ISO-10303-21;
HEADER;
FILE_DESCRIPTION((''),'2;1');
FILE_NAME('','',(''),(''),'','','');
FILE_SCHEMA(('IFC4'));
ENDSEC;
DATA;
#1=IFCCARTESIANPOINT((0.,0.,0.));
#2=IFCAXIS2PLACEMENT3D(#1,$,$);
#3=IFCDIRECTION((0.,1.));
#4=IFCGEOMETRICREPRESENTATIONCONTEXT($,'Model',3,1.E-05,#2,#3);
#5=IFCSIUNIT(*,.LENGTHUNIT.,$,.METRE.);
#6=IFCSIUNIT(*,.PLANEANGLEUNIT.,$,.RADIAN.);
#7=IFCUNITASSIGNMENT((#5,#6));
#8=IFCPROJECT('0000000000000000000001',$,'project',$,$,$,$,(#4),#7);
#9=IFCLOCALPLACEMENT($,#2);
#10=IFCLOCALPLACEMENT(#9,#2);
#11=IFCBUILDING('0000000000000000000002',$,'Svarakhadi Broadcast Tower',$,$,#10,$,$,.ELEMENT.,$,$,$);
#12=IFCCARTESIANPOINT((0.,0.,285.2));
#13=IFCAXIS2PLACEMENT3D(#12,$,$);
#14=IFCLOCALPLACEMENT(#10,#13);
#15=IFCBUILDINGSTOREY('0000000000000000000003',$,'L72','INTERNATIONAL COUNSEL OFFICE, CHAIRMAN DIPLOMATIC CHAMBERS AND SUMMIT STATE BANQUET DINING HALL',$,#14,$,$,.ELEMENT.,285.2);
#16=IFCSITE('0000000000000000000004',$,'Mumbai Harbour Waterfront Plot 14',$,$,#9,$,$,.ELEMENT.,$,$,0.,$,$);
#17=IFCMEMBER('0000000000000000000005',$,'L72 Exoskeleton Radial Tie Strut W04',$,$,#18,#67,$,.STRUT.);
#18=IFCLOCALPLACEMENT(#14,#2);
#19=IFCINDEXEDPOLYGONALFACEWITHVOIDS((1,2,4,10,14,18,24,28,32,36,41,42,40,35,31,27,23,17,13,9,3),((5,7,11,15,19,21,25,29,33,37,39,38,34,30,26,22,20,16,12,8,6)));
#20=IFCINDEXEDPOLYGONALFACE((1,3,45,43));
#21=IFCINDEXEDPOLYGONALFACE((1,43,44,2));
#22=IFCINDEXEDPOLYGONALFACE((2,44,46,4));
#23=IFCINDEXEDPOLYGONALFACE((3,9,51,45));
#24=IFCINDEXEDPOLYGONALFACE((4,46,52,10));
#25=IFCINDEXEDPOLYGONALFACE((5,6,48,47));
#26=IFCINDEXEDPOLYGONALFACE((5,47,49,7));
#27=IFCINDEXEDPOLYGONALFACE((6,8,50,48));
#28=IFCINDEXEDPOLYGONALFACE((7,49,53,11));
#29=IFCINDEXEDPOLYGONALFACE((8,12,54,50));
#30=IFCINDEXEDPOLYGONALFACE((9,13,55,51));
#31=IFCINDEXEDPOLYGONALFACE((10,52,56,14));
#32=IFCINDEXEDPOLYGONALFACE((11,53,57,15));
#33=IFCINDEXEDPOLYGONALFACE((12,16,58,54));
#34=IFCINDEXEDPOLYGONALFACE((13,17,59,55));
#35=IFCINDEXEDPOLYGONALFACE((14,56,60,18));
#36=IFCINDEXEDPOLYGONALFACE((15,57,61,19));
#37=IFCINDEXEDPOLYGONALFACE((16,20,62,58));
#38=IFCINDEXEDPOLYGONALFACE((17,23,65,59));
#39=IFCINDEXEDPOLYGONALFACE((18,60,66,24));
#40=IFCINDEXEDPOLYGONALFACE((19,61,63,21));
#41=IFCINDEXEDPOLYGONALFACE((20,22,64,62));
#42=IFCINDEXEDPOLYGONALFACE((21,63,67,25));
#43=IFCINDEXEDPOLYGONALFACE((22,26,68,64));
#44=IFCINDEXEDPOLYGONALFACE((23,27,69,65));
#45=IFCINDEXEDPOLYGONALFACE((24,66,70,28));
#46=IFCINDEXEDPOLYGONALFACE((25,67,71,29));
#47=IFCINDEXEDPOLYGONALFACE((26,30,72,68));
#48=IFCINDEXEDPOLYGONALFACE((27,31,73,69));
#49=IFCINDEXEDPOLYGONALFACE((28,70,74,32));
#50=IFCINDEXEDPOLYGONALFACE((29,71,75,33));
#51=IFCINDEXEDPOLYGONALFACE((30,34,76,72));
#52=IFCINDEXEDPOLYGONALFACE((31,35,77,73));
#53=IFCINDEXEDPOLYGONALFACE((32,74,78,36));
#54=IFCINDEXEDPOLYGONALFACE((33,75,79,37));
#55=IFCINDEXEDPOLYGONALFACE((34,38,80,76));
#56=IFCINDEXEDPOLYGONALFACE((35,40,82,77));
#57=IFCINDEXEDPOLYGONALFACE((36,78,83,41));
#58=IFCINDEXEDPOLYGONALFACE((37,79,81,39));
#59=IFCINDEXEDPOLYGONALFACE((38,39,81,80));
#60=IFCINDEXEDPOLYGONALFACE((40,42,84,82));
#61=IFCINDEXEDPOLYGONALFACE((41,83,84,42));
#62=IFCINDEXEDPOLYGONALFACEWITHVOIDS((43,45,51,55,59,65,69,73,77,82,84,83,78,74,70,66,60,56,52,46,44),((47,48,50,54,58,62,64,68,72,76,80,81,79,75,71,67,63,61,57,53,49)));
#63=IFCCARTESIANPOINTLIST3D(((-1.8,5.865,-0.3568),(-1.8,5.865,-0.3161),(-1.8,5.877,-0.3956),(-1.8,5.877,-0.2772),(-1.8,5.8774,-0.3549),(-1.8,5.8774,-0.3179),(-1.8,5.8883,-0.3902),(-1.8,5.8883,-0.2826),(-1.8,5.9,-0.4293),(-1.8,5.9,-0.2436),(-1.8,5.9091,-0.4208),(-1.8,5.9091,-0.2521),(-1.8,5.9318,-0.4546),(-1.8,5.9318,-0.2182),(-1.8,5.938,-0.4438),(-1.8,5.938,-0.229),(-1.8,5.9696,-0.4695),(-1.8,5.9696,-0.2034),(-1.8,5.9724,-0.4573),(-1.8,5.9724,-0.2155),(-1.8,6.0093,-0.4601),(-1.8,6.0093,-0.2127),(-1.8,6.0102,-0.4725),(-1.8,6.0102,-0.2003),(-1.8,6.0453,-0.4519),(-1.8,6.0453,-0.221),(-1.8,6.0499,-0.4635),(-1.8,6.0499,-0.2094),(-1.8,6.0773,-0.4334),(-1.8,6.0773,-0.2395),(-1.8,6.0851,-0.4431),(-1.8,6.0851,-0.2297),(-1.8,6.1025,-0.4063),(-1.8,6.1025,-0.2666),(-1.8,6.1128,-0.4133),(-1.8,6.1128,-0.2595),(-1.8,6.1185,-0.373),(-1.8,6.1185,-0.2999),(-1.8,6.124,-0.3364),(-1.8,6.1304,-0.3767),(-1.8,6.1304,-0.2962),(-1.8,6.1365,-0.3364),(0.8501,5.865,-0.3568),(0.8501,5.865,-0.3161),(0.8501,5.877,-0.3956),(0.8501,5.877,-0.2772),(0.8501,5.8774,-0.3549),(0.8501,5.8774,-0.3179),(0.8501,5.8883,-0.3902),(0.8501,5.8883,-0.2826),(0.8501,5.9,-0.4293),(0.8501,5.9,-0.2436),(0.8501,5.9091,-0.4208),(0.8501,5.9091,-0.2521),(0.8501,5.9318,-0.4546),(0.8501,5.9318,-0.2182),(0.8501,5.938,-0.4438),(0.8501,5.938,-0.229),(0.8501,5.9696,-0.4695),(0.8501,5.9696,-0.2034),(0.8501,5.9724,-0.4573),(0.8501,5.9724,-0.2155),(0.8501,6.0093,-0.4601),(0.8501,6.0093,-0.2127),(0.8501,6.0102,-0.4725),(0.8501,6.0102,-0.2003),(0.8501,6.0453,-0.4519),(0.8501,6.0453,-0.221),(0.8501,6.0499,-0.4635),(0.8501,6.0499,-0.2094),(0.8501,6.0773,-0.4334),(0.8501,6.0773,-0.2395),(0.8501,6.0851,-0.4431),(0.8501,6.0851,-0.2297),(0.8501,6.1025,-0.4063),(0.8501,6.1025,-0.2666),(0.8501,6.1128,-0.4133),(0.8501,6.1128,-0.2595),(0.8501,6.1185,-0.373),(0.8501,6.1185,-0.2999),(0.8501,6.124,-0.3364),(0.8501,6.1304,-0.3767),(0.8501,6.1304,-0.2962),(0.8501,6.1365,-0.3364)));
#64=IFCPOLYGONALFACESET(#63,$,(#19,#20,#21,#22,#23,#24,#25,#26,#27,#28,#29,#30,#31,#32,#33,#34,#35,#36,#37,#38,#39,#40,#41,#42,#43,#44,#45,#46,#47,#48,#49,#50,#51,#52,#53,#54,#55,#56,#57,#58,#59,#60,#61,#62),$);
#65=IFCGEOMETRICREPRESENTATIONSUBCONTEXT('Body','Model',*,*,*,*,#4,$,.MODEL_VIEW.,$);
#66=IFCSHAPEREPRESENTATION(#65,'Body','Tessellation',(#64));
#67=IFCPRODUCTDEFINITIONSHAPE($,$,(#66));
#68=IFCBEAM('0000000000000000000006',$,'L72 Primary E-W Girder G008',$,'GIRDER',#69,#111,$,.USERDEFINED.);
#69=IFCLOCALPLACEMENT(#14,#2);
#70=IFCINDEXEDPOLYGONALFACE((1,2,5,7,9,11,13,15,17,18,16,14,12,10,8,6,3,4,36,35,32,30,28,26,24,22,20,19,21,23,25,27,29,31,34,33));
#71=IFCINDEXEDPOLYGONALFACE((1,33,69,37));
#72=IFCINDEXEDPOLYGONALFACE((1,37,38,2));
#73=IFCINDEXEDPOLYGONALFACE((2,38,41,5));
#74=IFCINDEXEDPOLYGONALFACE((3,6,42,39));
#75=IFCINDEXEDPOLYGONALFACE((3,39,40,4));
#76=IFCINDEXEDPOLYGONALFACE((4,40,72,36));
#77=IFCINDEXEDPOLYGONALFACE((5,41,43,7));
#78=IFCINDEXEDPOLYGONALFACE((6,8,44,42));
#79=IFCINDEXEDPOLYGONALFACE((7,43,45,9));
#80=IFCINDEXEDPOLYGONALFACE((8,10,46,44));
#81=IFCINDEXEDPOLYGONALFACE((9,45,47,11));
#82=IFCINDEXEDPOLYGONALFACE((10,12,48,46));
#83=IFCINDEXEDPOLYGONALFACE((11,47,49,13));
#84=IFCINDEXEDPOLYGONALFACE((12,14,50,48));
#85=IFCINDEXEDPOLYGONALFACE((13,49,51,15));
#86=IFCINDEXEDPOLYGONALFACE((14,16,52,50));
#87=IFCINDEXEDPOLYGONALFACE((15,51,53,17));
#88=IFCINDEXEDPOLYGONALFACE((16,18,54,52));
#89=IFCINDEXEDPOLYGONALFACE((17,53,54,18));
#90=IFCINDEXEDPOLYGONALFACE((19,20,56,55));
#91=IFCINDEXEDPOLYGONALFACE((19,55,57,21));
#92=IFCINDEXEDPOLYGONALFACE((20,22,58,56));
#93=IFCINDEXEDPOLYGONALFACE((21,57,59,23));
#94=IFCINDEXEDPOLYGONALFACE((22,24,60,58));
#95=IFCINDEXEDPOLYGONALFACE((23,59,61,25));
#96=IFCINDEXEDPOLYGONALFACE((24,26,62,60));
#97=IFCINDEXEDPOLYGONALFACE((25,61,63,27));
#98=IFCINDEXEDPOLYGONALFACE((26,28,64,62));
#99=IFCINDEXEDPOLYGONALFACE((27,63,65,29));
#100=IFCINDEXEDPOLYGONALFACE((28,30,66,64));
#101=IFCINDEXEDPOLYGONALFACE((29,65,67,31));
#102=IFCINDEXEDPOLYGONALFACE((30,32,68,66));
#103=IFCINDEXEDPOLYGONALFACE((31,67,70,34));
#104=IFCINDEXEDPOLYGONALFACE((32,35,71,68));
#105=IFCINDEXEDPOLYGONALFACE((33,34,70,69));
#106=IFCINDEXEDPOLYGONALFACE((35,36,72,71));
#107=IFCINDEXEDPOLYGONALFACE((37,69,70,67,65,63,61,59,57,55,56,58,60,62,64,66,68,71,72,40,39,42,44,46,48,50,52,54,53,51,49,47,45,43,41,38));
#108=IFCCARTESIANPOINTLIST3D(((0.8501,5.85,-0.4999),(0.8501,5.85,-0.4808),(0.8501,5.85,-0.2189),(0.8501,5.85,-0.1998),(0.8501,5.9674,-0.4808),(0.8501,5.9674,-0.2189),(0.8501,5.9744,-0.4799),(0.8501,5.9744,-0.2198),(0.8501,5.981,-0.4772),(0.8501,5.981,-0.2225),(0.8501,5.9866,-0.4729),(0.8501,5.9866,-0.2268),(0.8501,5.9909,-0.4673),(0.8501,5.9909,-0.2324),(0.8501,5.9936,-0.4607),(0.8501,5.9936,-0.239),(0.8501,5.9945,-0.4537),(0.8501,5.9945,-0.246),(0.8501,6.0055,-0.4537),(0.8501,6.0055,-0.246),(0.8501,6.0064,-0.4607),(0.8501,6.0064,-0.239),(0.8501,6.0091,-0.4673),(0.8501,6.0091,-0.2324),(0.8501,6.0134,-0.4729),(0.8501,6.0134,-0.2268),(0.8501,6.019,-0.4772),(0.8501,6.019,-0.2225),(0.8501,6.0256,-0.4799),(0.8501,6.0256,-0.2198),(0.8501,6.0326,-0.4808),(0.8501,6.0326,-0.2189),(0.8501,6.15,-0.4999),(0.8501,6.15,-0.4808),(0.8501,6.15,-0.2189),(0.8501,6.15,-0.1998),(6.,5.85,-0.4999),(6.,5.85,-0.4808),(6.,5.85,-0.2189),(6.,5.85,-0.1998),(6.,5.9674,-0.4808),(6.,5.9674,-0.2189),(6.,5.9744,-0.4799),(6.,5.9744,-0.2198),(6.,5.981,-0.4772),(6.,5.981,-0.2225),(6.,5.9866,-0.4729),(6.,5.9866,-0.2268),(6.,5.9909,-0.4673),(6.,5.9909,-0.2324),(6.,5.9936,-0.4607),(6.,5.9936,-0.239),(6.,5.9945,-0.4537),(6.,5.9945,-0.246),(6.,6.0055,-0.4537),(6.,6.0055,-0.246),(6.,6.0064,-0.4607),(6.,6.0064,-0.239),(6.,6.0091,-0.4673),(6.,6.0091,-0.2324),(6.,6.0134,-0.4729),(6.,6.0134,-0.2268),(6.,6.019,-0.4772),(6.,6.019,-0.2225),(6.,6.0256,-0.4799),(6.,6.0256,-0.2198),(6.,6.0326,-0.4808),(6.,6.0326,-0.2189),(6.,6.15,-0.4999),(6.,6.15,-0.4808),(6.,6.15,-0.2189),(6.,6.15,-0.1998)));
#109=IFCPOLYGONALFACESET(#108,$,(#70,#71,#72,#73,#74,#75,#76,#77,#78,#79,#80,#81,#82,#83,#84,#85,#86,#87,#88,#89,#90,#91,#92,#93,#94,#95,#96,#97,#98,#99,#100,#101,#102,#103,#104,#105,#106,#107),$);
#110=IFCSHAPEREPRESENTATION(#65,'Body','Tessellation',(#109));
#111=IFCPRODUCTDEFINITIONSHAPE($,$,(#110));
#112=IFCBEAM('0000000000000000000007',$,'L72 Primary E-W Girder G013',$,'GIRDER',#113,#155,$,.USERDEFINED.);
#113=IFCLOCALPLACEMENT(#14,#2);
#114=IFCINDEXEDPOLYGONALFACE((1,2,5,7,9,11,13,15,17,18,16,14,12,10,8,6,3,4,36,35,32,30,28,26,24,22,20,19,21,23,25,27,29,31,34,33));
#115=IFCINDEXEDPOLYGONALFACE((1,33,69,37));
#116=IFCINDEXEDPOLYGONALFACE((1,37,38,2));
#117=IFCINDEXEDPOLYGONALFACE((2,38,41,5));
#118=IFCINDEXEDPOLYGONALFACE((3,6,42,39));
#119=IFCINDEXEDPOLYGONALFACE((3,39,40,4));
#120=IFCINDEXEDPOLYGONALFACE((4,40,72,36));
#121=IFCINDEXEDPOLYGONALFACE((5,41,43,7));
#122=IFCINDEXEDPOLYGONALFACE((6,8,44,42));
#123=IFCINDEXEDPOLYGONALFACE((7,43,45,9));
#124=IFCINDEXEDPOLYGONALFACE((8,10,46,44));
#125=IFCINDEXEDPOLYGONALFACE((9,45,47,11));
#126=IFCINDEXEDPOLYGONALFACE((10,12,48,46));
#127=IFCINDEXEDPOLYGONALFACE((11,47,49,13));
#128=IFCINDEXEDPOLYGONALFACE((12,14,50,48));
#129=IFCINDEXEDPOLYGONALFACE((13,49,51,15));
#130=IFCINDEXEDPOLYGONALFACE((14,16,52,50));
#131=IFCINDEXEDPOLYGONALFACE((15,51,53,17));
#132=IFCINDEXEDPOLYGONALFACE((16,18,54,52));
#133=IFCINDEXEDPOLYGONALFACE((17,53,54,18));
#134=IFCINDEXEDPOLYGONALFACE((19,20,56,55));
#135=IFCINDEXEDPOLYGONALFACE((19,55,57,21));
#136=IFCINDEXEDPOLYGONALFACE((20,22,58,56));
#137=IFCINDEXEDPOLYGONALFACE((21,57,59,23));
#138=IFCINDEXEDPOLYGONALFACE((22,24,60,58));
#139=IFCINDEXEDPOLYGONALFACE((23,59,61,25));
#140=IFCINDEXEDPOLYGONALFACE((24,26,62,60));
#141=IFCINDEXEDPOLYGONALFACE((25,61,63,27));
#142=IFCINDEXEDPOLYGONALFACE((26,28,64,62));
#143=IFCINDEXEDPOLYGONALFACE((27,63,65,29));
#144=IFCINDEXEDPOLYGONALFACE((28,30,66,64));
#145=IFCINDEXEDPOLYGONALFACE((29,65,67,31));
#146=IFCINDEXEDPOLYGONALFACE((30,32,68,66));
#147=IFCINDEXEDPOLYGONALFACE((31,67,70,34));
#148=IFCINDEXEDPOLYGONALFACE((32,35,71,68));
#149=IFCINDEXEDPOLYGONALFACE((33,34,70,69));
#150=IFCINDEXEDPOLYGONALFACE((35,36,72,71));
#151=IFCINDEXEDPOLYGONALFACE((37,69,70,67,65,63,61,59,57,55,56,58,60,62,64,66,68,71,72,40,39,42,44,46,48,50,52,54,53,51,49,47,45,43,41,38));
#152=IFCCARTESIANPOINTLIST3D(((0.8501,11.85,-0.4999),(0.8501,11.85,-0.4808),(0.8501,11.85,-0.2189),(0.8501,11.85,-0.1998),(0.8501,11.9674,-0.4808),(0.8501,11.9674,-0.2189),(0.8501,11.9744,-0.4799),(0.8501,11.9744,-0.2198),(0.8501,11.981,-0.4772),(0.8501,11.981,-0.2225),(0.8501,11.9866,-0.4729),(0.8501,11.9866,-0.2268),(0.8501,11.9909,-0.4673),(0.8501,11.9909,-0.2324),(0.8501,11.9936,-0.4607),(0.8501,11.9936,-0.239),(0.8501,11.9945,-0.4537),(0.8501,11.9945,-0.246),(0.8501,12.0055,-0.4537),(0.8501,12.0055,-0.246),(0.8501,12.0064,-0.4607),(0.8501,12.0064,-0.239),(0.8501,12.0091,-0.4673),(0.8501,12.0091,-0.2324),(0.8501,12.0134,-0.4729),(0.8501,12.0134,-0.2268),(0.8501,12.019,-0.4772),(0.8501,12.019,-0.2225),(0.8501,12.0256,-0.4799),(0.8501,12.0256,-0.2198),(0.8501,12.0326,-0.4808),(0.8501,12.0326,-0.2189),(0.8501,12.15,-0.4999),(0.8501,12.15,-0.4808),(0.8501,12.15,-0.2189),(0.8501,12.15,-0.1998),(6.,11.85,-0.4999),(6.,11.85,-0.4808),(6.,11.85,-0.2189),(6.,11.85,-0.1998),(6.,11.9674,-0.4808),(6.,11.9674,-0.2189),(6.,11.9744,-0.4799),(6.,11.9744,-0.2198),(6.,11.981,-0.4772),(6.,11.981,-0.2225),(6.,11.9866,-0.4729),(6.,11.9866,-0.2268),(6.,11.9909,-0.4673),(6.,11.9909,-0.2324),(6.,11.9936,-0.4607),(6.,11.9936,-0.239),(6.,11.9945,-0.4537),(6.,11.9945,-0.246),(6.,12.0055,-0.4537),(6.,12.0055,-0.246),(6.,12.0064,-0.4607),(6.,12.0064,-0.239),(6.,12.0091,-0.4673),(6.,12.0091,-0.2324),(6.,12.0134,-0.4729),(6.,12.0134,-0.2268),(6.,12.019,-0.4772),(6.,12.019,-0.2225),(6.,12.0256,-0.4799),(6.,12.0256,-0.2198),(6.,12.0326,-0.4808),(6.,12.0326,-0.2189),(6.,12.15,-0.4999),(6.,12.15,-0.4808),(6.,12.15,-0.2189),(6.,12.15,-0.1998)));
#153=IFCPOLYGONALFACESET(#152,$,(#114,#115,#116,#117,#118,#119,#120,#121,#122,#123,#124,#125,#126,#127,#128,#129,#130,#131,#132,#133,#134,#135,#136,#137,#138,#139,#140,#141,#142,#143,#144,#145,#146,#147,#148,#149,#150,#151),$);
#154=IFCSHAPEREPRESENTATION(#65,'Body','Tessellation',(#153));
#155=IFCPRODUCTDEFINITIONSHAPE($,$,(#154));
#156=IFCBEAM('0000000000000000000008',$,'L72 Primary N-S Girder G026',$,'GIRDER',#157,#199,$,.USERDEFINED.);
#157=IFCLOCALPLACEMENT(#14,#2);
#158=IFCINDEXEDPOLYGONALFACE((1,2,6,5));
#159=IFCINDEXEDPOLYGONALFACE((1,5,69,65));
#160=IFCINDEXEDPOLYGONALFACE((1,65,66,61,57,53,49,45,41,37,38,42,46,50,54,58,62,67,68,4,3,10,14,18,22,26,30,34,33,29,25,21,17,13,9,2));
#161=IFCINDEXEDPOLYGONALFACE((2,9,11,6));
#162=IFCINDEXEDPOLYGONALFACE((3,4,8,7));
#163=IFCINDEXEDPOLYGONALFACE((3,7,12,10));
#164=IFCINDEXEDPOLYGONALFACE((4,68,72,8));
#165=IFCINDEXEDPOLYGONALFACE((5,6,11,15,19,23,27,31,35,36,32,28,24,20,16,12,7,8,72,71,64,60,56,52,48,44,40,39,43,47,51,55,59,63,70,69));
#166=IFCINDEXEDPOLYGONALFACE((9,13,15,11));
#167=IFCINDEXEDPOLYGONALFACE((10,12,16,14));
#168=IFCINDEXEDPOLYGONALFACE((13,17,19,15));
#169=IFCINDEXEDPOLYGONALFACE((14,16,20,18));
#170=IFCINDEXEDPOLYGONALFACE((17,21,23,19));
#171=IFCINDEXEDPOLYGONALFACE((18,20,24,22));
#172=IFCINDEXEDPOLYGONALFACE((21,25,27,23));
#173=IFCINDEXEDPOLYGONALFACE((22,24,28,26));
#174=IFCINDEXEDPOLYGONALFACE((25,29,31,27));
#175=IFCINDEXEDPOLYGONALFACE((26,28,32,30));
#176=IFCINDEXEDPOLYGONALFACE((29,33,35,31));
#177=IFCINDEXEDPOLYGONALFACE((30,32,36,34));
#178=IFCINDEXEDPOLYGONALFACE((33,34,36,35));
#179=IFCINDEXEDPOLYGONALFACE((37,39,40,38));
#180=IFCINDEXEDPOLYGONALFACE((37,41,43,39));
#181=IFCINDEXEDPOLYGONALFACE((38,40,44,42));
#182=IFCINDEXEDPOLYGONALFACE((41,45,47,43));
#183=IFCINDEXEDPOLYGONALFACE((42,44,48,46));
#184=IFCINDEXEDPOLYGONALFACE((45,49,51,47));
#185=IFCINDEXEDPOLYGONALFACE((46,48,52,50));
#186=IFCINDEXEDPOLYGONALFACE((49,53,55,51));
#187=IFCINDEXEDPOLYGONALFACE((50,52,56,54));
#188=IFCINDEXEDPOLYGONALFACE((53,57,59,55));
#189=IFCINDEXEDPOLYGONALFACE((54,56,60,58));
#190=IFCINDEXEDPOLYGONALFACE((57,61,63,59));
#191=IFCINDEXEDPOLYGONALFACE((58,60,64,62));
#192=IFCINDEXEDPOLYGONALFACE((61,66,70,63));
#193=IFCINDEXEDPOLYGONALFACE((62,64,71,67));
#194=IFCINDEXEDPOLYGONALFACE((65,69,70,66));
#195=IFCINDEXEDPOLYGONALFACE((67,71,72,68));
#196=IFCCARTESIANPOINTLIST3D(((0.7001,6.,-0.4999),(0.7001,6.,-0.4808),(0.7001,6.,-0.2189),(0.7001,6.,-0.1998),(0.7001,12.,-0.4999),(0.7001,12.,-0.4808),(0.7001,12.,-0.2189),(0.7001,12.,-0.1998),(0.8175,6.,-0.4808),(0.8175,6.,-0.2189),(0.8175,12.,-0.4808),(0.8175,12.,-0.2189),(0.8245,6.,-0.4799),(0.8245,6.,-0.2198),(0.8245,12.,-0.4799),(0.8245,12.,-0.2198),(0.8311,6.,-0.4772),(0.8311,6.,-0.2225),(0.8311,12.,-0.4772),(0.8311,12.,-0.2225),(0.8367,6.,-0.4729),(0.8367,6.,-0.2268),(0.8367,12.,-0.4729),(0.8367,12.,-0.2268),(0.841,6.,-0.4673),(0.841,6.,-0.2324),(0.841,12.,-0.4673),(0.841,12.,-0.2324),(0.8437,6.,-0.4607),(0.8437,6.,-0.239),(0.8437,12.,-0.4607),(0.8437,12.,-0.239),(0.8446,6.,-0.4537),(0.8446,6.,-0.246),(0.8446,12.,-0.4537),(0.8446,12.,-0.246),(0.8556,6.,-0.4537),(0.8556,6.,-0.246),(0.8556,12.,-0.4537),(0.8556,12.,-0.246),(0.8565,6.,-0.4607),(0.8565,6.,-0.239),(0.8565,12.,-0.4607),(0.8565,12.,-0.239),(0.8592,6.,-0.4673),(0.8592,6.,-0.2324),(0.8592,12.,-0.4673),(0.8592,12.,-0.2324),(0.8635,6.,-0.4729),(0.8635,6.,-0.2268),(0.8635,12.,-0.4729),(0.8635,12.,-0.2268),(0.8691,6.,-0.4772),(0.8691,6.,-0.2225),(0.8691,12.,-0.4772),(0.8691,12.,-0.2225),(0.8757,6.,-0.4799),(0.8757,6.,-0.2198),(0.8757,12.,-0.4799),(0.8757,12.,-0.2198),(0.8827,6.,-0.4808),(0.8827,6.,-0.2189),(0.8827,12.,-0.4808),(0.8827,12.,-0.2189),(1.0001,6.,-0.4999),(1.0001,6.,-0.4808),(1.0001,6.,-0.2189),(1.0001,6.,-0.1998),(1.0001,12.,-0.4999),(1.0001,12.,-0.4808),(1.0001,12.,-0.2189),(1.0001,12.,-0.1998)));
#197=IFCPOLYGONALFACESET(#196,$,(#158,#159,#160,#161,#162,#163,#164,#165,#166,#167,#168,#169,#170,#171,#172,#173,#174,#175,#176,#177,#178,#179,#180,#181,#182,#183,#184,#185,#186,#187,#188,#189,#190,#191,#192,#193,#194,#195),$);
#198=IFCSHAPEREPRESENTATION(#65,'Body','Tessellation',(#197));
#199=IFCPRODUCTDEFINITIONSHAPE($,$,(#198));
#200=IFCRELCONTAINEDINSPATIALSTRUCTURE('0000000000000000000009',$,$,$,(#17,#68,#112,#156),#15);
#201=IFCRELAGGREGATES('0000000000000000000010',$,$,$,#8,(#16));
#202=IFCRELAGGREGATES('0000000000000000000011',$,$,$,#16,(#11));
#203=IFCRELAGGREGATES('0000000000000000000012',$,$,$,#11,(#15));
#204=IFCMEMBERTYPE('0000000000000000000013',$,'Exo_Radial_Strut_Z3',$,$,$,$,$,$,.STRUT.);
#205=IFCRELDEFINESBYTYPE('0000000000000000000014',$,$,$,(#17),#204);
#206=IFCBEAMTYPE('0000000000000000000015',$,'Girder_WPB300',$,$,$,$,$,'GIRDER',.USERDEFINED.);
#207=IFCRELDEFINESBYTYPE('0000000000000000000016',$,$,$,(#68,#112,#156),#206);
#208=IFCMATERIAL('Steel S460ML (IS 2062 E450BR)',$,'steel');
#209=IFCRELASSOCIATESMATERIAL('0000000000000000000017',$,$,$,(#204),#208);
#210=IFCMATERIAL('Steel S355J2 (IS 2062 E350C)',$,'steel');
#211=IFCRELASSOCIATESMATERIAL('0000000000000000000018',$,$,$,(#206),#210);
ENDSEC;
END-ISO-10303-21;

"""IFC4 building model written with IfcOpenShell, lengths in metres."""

from ifc_helpers import new_model, si_unit, direction, frame, origin, origin_2d, place, context, subcontext, project, spatial, hollow_circle, i_section, extrude, material, material_profile, profile_set, type_object, element, save


model = new_model("IFC4")

# Units and contexts
model_context = context("Model", 3, precision=1e-05, world=origin(), true_north=direction((0.0, 1.0)))
body_context = subcontext(model_context, "Body", "Model", "MODEL_VIEW")
ifc_project = project(units=[si_unit("LENGTHUNIT", "METRE"), si_unit("PLANEANGLEUNIT", "RADIAN")], contexts=[model_context])

# Site, building, storey
site_placement = place(None, origin())
site = spatial("IfcSite", under=ifc_project, at=site_placement, Name="Mumbai Harbour Waterfront Plot 14", CompositionType="ELEMENT", RefElevation=0.0)
building_placement = place(site_placement, origin())
building = spatial("IfcBuilding", under=site, at=building_placement, Name="Svarakhadi Broadcast Tower", CompositionType="ELEMENT")
storey_placement = place(building_placement, frame((0.0, 0.0, 285.2)))
storey = spatial("IfcBuildingStorey", under=building, at=storey_placement, Name="L72", Description="INTERNATIONAL COUNSEL OFFICE, CHAIRMAN DIPLOMATIC CHAMBERS AND SUMMIT STATE BANQUET DINING HALL", CompositionType="ELEMENT", Elevation=285.2)

# Shared definitions
ifc_material_1 = material(Name="Steel S460ML (IS 2062 E450BR)", Category="steel")

# Shared definitions
ifc_material_2 = material(Name="Steel S355J2 (IS 2062 E350C)", Category="steel")

# Member
ifc_material_profile_1 = material_profile(ifc_material_1, hollow_circle(Radius=0.1365, WallThickness=0.0125, at=origin_2d()), Name="CHS 273x12.5")
ifc_profile_set_1 = profile_set([ifc_material_profile_1], Name="Steel S460ML (IS 2062 E450BR)")
member_type_1 = type_object("IfcMemberType", Name="Exo_Radial_Strut_Z3", PredefinedType="STRUT", material=ifc_profile_set_1)
member_1_placement = place(storey_placement, frame((-1.8, 6.0, -0.3364), z_axis=(1.0, 0.0, 0.0), x_axis=(0.0, 1.0, 0.0)))
element("IfcMember", 1, at=member_1_placement, inside=storey, type_object=member_type_1, Name="L72 Exoskeleton Radial Tie Strut W04", PredefinedType="STRUT", context=body_context, shape_type="SweptSolid", body=[
    extrude(hollow_circle(Radius=0.1365, WallThickness=0.0125, at=origin_2d()), origin(), (0.0, 0.0, 1.0), 2.6501),
])

# Beams
ifc_material_profile_2 = material_profile(ifc_material_2, i_section(OverallWidth=0.3, OverallDepth=0.3, WebThickness=0.011, FlangeThickness=0.019, FilletRadius=0.0271, at=origin_2d()), Name="WPB 300x300x117")
ifc_profile_set_2 = profile_set([ifc_material_profile_2], Name="Steel S355J2 (IS 2062 E350C)")
beam_type_1 = type_object("IfcBeamType", Name="Girder_WPB300", ElementType="GIRDER", PredefinedType="USERDEFINED", material=ifc_profile_set_2)
for number, where, z_axis, x_axis, name in (
    (2, (0.8501, 6.0, -0.3499), (1.0, 0.0, 0.0), (0.0, 1.0, 0.0), "L72 Primary E-W Girder G008"),
    (3, (0.8501, 12.0, -0.3499), (1.0, 0.0, 0.0), (0.0, 1.0, 0.0), "L72 Primary E-W Girder G013"),
):
    element("IfcBeam", number, at=place(storey_placement, frame(where, z_axis=z_axis, x_axis=x_axis)), inside=storey, type_object=beam_type_1, Name=name, ObjectType="GIRDER", PredefinedType="USERDEFINED", context=body_context, shape_type="SweptSolid", body=[
        extrude(i_section(OverallWidth=0.3, OverallDepth=0.3, WebThickness=0.011, FlangeThickness=0.019, FilletRadius=0.0271, at=origin_2d()), origin(), (0.0, 0.0, 1.0), 5.1499),
    ])
for number, where, z_axis, x_axis, name in (
    (4, (0.8501, 6.0, -0.3499), (0.0, 1.0, 0.0), (-1.0, 0.0, 0.0), "L72 Primary N-S Girder G026"),
):
    element("IfcBeam", number, at=place(storey_placement, frame(where, z_axis=z_axis, x_axis=x_axis)), inside=storey, type_object=beam_type_1, Name=name, ObjectType="GIRDER", PredefinedType="USERDEFINED", context=body_context, shape_type="SweptSolid", body=[
        extrude(i_section(OverallWidth=0.3, OverallDepth=0.3, WebThickness=0.011, FlangeThickness=0.019, FilletRadius=0.0271, at=origin_2d()), origin(), (0.0, 0.0, 1.0), 6.0),
    ])

save(model, "model.ifc")
